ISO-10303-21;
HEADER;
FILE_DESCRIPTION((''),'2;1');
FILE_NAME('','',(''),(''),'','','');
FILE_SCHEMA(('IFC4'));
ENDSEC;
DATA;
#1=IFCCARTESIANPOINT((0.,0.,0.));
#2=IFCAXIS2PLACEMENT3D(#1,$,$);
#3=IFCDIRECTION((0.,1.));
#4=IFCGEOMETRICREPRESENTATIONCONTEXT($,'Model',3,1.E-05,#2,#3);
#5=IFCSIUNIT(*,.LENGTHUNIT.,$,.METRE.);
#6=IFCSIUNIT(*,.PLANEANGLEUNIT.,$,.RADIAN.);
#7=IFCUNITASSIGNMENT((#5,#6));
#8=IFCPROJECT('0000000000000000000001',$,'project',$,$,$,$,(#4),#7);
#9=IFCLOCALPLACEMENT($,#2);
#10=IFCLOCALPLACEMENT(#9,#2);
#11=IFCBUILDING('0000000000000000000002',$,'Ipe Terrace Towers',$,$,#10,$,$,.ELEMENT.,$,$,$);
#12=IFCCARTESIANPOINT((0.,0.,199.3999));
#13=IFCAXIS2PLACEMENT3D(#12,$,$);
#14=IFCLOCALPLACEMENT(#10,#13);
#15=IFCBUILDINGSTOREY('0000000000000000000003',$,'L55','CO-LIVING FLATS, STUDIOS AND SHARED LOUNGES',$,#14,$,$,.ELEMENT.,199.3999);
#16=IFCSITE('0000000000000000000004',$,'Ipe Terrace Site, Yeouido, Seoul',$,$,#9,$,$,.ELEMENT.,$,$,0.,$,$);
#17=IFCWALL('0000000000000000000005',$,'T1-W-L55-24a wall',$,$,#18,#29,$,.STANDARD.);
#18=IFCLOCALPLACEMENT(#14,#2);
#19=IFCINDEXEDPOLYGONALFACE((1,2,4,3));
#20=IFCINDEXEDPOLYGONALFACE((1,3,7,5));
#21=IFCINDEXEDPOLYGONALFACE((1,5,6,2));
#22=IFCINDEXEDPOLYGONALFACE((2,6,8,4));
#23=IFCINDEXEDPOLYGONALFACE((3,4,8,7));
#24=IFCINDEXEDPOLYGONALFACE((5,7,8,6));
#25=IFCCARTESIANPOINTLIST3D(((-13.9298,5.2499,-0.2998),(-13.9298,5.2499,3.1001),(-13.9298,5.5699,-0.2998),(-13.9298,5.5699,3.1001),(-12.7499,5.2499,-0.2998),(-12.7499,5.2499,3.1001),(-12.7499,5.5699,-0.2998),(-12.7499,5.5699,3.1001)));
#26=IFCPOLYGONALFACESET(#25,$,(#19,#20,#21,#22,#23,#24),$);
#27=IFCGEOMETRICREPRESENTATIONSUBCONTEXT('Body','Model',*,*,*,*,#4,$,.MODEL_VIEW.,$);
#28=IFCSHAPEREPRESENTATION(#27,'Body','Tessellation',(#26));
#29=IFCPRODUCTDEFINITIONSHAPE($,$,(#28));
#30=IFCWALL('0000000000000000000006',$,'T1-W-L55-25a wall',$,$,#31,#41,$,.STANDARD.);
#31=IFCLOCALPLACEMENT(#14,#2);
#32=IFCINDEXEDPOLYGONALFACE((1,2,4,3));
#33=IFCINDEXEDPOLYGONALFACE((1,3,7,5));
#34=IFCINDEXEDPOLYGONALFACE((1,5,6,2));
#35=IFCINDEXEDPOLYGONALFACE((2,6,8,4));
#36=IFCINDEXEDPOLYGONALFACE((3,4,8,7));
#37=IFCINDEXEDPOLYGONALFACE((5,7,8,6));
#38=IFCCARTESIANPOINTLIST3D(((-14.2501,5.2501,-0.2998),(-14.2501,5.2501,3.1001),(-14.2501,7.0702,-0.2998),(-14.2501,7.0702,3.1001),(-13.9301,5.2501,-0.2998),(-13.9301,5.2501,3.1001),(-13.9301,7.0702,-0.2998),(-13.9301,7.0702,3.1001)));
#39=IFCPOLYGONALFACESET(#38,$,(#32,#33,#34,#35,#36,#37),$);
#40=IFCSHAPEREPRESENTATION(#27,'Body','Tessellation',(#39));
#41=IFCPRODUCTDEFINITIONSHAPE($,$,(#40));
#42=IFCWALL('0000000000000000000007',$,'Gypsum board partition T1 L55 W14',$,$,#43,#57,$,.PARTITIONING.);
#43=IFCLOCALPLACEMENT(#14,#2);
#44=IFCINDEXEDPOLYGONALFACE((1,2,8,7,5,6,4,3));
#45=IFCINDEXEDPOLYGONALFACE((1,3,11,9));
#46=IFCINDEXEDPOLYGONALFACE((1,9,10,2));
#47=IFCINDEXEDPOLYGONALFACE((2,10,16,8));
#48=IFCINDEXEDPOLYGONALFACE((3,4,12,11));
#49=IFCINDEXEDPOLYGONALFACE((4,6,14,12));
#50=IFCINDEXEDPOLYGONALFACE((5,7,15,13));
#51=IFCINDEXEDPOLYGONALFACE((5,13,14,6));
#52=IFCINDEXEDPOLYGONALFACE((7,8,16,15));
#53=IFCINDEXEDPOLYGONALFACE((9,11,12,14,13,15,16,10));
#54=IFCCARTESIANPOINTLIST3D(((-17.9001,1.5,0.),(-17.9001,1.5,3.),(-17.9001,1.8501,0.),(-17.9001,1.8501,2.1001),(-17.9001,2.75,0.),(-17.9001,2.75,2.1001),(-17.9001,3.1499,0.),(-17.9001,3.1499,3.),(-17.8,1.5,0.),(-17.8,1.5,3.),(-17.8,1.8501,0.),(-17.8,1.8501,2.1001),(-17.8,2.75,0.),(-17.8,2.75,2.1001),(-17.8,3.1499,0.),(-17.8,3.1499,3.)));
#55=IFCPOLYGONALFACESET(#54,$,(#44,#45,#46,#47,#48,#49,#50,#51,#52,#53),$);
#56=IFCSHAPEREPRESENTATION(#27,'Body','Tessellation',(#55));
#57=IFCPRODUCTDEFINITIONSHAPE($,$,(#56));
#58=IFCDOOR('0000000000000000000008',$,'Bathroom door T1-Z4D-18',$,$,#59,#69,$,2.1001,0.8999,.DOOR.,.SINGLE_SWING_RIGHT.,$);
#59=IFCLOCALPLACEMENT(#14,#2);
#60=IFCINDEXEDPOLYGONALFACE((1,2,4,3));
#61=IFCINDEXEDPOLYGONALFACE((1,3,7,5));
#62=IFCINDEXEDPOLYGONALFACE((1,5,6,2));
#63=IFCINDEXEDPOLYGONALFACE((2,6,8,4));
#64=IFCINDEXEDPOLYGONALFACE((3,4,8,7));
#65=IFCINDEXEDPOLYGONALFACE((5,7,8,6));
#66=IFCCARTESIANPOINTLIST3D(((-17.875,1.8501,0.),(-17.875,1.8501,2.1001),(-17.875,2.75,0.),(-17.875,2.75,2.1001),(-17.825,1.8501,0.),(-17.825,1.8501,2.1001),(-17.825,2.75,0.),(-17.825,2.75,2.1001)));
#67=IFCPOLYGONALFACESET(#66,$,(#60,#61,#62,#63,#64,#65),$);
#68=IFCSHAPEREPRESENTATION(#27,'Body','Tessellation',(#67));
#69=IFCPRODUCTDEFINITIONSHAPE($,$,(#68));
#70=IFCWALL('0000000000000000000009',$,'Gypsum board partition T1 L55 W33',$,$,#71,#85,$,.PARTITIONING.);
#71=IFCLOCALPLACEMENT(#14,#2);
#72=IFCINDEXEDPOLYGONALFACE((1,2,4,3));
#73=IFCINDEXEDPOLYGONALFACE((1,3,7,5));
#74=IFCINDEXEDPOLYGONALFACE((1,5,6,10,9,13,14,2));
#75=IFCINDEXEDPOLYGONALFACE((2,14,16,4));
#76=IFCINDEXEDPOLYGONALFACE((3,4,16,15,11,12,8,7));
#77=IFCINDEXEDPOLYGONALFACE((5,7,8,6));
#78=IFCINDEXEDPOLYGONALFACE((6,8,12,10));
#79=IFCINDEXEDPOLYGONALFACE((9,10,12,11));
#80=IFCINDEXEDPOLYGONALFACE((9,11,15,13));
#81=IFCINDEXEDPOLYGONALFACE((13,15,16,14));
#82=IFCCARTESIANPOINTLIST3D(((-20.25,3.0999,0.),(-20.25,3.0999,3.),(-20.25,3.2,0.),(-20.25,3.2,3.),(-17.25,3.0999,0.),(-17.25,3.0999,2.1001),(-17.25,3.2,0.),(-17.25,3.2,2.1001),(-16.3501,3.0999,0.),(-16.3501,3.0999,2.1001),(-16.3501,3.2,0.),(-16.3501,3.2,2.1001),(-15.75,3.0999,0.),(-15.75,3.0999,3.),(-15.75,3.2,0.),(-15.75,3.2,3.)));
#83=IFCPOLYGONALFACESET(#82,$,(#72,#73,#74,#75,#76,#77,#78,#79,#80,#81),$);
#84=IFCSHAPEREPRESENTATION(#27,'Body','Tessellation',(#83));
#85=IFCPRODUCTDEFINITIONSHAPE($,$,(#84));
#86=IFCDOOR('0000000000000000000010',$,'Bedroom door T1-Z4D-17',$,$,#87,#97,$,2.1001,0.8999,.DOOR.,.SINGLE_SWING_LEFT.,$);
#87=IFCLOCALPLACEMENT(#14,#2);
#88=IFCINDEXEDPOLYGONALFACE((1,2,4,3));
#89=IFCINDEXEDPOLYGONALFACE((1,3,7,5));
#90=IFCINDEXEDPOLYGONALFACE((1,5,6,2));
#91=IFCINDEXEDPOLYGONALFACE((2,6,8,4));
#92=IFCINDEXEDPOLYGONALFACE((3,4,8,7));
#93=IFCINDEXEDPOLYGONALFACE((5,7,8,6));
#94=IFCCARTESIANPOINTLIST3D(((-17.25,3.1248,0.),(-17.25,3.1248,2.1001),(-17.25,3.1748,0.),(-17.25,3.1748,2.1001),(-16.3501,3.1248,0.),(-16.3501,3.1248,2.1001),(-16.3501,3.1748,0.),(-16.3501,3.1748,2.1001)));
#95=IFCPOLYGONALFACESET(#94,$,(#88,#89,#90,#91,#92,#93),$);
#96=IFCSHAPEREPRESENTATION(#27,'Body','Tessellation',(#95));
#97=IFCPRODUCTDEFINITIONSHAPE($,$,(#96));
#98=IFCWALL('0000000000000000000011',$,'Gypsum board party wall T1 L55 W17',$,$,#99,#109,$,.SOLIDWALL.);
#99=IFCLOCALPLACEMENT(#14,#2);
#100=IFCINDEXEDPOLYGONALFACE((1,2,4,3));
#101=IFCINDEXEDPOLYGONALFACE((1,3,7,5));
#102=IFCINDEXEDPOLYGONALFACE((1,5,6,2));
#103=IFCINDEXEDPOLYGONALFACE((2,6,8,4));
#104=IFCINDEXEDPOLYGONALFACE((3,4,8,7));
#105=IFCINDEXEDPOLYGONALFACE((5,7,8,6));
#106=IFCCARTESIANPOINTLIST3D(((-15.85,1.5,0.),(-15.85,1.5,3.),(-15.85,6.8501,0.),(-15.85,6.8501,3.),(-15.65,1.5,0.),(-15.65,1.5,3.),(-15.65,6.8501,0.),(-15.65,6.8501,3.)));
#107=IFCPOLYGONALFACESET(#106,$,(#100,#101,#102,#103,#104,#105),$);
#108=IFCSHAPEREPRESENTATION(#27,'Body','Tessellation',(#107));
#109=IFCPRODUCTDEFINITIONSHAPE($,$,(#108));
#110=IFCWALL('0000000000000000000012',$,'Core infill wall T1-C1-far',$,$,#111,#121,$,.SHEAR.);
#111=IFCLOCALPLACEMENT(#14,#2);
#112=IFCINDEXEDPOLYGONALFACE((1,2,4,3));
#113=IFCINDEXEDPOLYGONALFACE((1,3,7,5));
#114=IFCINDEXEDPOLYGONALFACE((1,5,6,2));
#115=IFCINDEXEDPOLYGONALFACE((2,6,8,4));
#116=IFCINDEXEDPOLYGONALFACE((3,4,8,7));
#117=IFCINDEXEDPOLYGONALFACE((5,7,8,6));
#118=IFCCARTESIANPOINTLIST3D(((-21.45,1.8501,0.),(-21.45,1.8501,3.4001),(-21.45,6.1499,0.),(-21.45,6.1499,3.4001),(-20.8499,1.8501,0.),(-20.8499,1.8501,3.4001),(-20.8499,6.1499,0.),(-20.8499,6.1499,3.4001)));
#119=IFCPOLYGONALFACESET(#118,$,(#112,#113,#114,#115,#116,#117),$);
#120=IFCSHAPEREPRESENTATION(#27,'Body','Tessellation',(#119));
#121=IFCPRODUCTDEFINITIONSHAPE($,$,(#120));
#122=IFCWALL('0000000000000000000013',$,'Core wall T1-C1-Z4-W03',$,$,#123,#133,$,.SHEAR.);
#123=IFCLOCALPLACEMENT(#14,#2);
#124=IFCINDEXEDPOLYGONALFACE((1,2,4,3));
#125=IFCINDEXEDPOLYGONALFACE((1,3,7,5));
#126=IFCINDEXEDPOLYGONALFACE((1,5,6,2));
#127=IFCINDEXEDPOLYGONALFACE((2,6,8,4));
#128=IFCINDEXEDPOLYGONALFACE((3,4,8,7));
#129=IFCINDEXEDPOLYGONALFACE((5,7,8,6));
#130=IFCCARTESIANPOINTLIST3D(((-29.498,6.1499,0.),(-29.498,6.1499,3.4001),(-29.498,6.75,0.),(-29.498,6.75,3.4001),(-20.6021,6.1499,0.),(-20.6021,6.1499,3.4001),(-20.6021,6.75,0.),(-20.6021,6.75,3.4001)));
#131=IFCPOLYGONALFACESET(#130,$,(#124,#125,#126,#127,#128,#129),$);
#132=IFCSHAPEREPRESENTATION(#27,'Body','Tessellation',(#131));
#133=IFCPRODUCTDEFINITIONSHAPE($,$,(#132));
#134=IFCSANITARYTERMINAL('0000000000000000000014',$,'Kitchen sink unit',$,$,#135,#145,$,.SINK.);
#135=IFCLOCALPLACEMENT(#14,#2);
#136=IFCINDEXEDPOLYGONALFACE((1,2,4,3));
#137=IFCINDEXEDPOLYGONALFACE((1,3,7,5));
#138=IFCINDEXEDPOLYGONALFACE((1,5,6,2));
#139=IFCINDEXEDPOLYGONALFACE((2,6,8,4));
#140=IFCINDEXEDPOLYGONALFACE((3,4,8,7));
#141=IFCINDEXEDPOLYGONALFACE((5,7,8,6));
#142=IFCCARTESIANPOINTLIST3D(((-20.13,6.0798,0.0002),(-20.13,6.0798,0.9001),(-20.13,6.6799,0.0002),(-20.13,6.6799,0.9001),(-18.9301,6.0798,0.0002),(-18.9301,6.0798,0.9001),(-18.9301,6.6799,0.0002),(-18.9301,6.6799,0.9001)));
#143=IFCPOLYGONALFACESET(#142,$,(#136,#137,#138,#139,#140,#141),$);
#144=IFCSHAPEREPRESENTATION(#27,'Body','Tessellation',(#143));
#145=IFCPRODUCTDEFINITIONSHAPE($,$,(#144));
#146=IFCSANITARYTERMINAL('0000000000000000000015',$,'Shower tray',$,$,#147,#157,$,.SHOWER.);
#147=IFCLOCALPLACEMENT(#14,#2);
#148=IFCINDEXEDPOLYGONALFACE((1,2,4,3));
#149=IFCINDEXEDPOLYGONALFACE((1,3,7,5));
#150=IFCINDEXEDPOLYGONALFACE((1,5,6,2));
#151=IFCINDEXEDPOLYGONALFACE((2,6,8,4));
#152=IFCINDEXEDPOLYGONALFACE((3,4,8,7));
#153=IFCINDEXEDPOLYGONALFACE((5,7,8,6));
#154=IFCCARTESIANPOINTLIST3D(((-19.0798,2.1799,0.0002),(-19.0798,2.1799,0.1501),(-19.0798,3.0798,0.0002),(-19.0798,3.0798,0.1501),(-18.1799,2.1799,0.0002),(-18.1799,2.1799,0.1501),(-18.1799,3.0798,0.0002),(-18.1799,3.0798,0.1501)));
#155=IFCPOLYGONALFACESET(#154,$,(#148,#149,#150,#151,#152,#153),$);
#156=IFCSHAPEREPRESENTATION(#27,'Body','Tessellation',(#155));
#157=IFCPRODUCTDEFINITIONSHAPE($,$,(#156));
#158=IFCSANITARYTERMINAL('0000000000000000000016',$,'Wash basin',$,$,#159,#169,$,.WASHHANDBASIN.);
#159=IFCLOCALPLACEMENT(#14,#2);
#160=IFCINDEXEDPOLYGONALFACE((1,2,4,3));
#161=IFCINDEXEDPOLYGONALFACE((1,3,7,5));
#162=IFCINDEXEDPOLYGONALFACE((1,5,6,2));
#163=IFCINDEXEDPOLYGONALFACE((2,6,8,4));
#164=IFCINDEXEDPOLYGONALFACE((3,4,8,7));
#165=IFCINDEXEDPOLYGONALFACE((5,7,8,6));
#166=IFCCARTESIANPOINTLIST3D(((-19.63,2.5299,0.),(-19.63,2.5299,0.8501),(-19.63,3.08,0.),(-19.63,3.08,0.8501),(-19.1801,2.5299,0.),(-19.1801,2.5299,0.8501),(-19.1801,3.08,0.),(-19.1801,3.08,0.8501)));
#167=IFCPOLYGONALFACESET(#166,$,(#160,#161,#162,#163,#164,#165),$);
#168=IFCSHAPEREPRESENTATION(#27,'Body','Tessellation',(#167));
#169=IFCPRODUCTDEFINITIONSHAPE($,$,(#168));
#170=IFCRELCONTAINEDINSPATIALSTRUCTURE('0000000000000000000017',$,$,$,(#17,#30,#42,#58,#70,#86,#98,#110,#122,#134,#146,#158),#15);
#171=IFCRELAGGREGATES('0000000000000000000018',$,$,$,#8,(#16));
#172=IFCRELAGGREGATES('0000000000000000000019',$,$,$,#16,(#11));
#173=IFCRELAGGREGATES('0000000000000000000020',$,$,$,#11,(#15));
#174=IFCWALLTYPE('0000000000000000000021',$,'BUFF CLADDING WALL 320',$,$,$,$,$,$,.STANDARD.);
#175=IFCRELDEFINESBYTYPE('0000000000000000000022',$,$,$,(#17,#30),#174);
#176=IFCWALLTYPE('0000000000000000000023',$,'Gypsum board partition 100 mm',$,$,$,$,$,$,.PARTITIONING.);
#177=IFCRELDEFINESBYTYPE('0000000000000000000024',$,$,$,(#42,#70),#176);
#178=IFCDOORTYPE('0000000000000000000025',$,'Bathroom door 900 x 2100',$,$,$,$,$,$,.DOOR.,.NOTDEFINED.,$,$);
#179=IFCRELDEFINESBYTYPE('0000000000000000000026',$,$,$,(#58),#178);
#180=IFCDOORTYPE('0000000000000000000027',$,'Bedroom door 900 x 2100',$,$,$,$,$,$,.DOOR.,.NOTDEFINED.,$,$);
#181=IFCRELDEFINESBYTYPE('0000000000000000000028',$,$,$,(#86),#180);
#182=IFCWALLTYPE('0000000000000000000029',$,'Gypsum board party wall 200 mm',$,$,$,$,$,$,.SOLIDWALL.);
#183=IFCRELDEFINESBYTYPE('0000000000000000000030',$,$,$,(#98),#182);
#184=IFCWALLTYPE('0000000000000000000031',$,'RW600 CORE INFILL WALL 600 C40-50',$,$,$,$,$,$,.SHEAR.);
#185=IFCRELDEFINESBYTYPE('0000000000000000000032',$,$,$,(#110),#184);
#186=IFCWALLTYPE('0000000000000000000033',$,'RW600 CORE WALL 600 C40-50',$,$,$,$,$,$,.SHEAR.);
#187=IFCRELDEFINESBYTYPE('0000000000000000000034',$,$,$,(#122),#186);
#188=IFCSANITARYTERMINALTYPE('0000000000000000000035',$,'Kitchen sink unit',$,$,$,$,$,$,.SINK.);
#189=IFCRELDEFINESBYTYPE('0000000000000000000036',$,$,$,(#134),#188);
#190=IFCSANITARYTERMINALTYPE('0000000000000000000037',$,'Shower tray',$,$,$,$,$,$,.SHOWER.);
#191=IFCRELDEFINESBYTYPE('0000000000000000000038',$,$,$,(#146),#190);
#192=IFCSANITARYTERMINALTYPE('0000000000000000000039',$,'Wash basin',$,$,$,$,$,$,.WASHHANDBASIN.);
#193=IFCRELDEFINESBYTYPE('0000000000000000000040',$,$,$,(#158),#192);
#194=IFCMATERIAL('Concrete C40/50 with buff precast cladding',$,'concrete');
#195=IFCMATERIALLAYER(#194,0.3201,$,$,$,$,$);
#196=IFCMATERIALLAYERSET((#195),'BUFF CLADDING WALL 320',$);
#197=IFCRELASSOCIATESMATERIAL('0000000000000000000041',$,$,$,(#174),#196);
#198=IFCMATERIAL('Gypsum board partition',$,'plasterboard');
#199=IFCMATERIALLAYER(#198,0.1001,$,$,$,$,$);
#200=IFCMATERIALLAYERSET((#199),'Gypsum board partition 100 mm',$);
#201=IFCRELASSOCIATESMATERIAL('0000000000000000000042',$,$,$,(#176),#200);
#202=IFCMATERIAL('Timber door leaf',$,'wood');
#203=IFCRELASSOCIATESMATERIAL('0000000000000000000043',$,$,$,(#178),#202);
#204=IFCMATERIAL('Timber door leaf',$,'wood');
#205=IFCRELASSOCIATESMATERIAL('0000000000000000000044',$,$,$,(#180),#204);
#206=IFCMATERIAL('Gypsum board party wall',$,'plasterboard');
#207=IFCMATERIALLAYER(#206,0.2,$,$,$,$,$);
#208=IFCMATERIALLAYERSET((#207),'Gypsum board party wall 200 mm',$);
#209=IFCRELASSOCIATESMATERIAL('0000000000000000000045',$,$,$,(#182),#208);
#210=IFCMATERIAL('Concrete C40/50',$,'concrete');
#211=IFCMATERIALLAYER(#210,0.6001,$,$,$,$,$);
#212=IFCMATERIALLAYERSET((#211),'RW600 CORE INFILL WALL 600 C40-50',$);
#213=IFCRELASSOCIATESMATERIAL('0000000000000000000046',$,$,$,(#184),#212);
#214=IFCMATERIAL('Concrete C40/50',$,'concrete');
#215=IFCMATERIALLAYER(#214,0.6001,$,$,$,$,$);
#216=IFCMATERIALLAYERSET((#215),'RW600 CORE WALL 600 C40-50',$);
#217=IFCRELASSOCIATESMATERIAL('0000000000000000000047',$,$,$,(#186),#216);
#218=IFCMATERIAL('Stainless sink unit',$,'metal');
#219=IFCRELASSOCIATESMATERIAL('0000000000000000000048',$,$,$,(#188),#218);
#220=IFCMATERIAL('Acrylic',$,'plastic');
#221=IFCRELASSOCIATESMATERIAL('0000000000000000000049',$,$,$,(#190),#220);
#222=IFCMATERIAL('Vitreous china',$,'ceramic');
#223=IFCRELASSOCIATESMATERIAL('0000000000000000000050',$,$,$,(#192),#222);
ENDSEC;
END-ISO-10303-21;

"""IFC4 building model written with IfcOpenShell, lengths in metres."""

from ifc_helpers import new_model, si_unit, direction, frame, frame_2d, origin, origin_2d, place, context, subcontext, project, spatial, rectangle, extrude, material, layer, layer_set, type_object, element, fill, save


model = new_model("IFC4")

# Units and contexts
model_context = context("Model", 3, precision=1e-05, world=origin(), true_north=direction((0.0, 1.0)))
body_context = subcontext(model_context, "Body", "Model", "MODEL_VIEW")
ifc_project = project(units=[si_unit("LENGTHUNIT", "METRE"), si_unit("PLANEANGLEUNIT", "RADIAN")], contexts=[model_context])

# Site, building, storey
site_placement = place(None, origin())
site = spatial("IfcSite", under=ifc_project, at=site_placement, Name="Ipe Terrace Site, Yeouido, Seoul", CompositionType="ELEMENT", RefElevation=0.0)
building_placement = place(site_placement, origin())
building = spatial("IfcBuilding", under=site, at=building_placement, Name="Ipe Terrace Towers", CompositionType="ELEMENT")
storey_placement = place(building_placement, frame((0.0, 0.0, 199.3999)))
storey = spatial("IfcBuildingStorey", under=building, at=storey_placement, Name="L55", Description="CO-LIVING FLATS, STUDIOS AND SHARED LOUNGES", CompositionType="ELEMENT", Elevation=199.3999)

# Walls
ifc_material_1 = material(Name="Concrete C40/50 with buff precast cladding", Category="concrete")
ifc_layer_1 = layer(ifc_material_1, 0.3201)
ifc_layer_set_1 = layer_set([ifc_layer_1], Name="BUFF CLADDING WALL 320")
wall_type_1 = type_object("IfcWallType", Name="BUFF CLADDING WALL 320", PredefinedType="STANDARD", material=ifc_layer_set_1)
wall_1_placement = place(storey_placement, frame((-12.75, 5.4099, -0.2998), z_axis=(0.0, 0.0, 1.0), x_axis=(-1.0, 0.0, 0.0)))
element("IfcWall", 1, at=wall_1_placement, inside=storey, type_object=wall_type_1, Name="T1-W-L55-24a wall", PredefinedType="STANDARD", context=body_context, shape_type="SweptSolid", body=[
    extrude(rectangle(XDim=1.1799, YDim=0.3201, at=frame_2d((0.5898, 0.0))), origin(), (0.0, 0.0, 1.0), 3.3999),
])
wall_2_placement = place(storey_placement, frame((-14.0901, 5.25, -0.2998), z_axis=(0.0, 0.0, 1.0), x_axis=(0.0, 1.0, 0.0)))
element("IfcWall", 2, at=wall_2_placement, inside=storey, type_object=wall_type_1, Name="T1-W-L55-25a wall", PredefinedType="STANDARD", context=body_context, shape_type="SweptSolid", body=[
    extrude(rectangle(XDim=1.8201, YDim=0.3201, at=frame_2d((0.9102, 0.0))), origin(), (0.0, 0.0, 1.0), 3.3999),
])

# Walls, openings, doors
ifc_material_2 = material(Name="Gypsum board partition", Category="plasterboard")
ifc_layer_2 = layer(ifc_material_2, 0.1001)
ifc_layer_set_2 = layer_set([ifc_layer_2], Name="Gypsum board partition 100 mm")
wall_type_2 = type_object("IfcWallType", Name="Gypsum board partition 100 mm", PredefinedType="PARTITIONING", material=ifc_layer_set_2)
wall_3_placement = place(storey_placement, frame((-17.8501, 1.5, 0.0), z_axis=(0.0, 0.0, 1.0), x_axis=(0.0, 1.0, 0.0)))
wall_3 = element("IfcWall", 3, at=wall_3_placement, inside=storey, type_object=wall_type_2, Name="Gypsum board partition T1 L55 W14", PredefinedType="PARTITIONING", context=body_context, shape_type="SweptSolid", body=[
    extrude(rectangle(XDim=1.6499, YDim=0.1001, at=frame_2d((0.825, 0.0))), origin(), (0.0, 0.0, 1.0), 3.0),
])
opening_1_placement = place(wall_3_placement, frame((0.3501, 0.0, 0.0)))
opening_1 = element("IfcOpeningElement", 4, at=opening_1_placement, cuts=wall_3, PredefinedType="OPENING", context=body_context, shape_type="SweptSolid", body=[
    extrude(rectangle(XDim=0.8999, YDim=2.1001, at=frame_2d((0.45, 1.05))), frame((0.0, 0.0601, 0.0), z_axis=(0.0, -1.0, 0.0), x_axis=(1.0, 0.0, 0.0)), (0.0, 0.0, 1.0), 0.1201),
])
ifc_material_3 = material(Name="Timber door leaf", Category="wood")
door_type_1 = type_object("IfcDoorType", Name="Bathroom door 900 x 2100", OperationType="NOTDEFINED", PredefinedType="DOOR", material=ifc_material_3)
door_1_placement = place(opening_1_placement, origin())
door_1 = element("IfcDoor", 5, at=door_1_placement, inside=storey, type_object=door_type_1, Name="Bathroom door T1-Z4D-18", OperationType="SINGLE_SWING_RIGHT", OverallHeight=2.1001, OverallWidth=0.8999, PredefinedType="DOOR", context=body_context, shape_type="SweptSolid", body=[
    extrude(rectangle(XDim=0.8999, YDim=2.1001, at=frame_2d((0.45, 1.05))), frame((0.0, 0.0249, 0.0), z_axis=(0.0, -1.0, 0.0), x_axis=(1.0, 0.0, 0.0)), (0.0, 0.0, 1.0), 0.05),
])
fill(opening_1, door_1)
wall_4_placement = place(storey_placement, frame((-20.25, 3.1499, 0.0), z_axis=(0.0, 0.0, 1.0), x_axis=(1.0, 0.0, 0.0)))
wall_4 = element("IfcWall", 6, at=wall_4_placement, inside=storey, type_object=wall_type_2, Name="Gypsum board partition T1 L55 W33", PredefinedType="PARTITIONING", context=body_context, shape_type="SweptSolid", body=[
    extrude(rectangle(XDim=4.5, YDim=0.1001, at=frame_2d((2.25, 0.0))), origin(), (0.0, 0.0, 1.0), 3.0),
])
opening_2_placement = place(wall_4_placement, frame((3.0, 0.0, 0.0)))
opening_2 = element("IfcOpeningElement", 7, at=opening_2_placement, cuts=wall_4, PredefinedType="OPENING", context=body_context, shape_type="SweptSolid", body=[
    extrude(rectangle(XDim=0.8999, YDim=2.1001, at=frame_2d((0.45, 1.05))), frame((0.0, 0.0601, 0.0), z_axis=(0.0, -1.0, 0.0), x_axis=(1.0, 0.0, 0.0)), (0.0, 0.0, 1.0), 0.1201),
])
ifc_material_4 = material(Name="Timber door leaf", Category="wood")
door_type_2 = type_object("IfcDoorType", Name="Bedroom door 900 x 2100", OperationType="NOTDEFINED", PredefinedType="DOOR", material=ifc_material_4)
door_2_placement = place(opening_2_placement, origin())
door_2 = element("IfcDoor", 8, at=door_2_placement, inside=storey, type_object=door_type_2, Name="Bedroom door T1-Z4D-17", OperationType="SINGLE_SWING_LEFT", OverallHeight=2.1001, OverallWidth=0.8999, PredefinedType="DOOR", context=body_context, shape_type="SweptSolid", body=[
    extrude(rectangle(XDim=0.8999, YDim=2.1001, at=frame_2d((0.45, 1.05))), frame((0.0, 0.0249, 0.0), z_axis=(0.0, -1.0, 0.0), x_axis=(1.0, 0.0, 0.0)), (0.0, 0.0, 1.0), 0.05),
])
fill(opening_2, door_2)

# Walls
ifc_material_5 = material(Name="Gypsum board party wall", Category="plasterboard")
ifc_layer_3 = layer(ifc_material_5, 0.2)
ifc_layer_set_3 = layer_set([ifc_layer_3], Name="Gypsum board party wall 200 mm")
wall_type_3 = type_object("IfcWallType", Name="Gypsum board party wall 200 mm", PredefinedType="SOLIDWALL", material=ifc_layer_set_3)
wall_5_placement = place(storey_placement, frame((-15.75, 1.5, 0.0), z_axis=(0.0, 0.0, 1.0), x_axis=(0.0, 1.0, 0.0)))
element("IfcWall", 9, at=wall_5_placement, inside=storey, type_object=wall_type_3, Name="Gypsum board party wall T1 L55 W17", PredefinedType="SOLIDWALL", context=body_context, shape_type="SweptSolid", body=[
    extrude(rectangle(XDim=5.3501, YDim=0.2, at=frame_2d((2.675, 0.0))), origin(), (0.0, 0.0, 1.0), 3.0),
])
ifc_material_6 = material(Name="Concrete C40/50", Category="concrete")
ifc_layer_4 = layer(ifc_material_6, 0.6001)
ifc_layer_set_4 = layer_set([ifc_layer_4], Name="RW600 CORE INFILL WALL 600 C40-50")
wall_type_4 = type_object("IfcWallType", Name="RW600 CORE INFILL WALL 600 C40-50", PredefinedType="SHEAR", material=ifc_layer_set_4)
wall_6_placement = place(storey_placement, frame((-21.1499, 1.8501, 0.0), z_axis=(0.0, 0.0, 1.0), x_axis=(0.0, 1.0, 0.0)))
element("IfcWall", 10, at=wall_6_placement, inside=storey, type_object=wall_type_4, Name="Core infill wall T1-C1-far", PredefinedType="SHEAR", context=body_context, shape_type="SweptSolid", body=[
    extrude(rectangle(XDim=4.2998, YDim=0.6001, at=frame_2d((2.1499, 0.0))), origin(), (0.0, 0.0, 1.0), 3.4001),
])
ifc_material_7 = material(Name="Concrete C40/50", Category="concrete")
ifc_layer_5 = layer(ifc_material_7, 0.6001)
ifc_layer_set_5 = layer_set([ifc_layer_5], Name="RW600 CORE WALL 600 C40-50")
wall_type_5 = type_object("IfcWallType", Name="RW600 CORE WALL 600 C40-50", PredefinedType="SHEAR", material=ifc_layer_set_5)
wall_7_placement = place(storey_placement, frame((-20.6021, 6.45, 0.0), z_axis=(0.0, 0.0, 1.0), x_axis=(-1.0, 0.0, 0.0)))
element("IfcWall", 11, at=wall_7_placement, inside=storey, type_object=wall_type_5, Name="Core wall T1-C1-Z4-W03", PredefinedType="SHEAR", context=body_context, shape_type="SweptSolid", body=[
    extrude(rectangle(XDim=8.896, YDim=0.6001, at=frame_2d((4.448, 0.0))), origin(), (0.0, 0.0, 1.0), 3.4001),
])

# Sanitary terminals
ifc_material_8 = material(Name="Stainless sink unit", Category="metal")
sanitary_terminal_type_1 = type_object("IfcSanitaryTerminalType", Name="Kitchen sink unit", PredefinedType="SINK", material=ifc_material_8)
sanitary_terminal_1_placement = place(storey_placement, frame((-19.53, 6.3799, 0.0002), z_axis=(0.0, 0.0, 1.0), x_axis=(1.0, 0.0, 0.0)))
element("IfcSanitaryTerminal", 12, at=sanitary_terminal_1_placement, inside=storey, type_object=sanitary_terminal_type_1, Name="Kitchen sink unit", PredefinedType="SINK", context=body_context, shape_type="SweptSolid", body=[
    extrude(rectangle(XDim=1.2, YDim=0.6001, at=origin_2d()), origin(), (0.0, 0.0, 1.0), 0.8999),
])
ifc_material_9 = material(Name="Acrylic", Category="plastic")
sanitary_terminal_type_2 = type_object("IfcSanitaryTerminalType", Name="Shower tray", PredefinedType="SHOWER", material=ifc_material_9)
sanitary_terminal_2_placement = place(storey_placement, frame((-18.6299, 2.6299, 0.0002), z_axis=(0.0, 0.0, 1.0), x_axis=(0.0, -1.0, 0.0)))
element("IfcSanitaryTerminal", 13, at=sanitary_terminal_2_placement, inside=storey, type_object=sanitary_terminal_type_2, Name="Shower tray", PredefinedType="SHOWER", context=body_context, shape_type="SweptSolid", body=[
    extrude(rectangle(XDim=0.8999, YDim=0.8999, at=origin_2d()), origin(), (0.0, 0.0, 1.0), 0.1499),
])
ifc_material_10 = material(Name="Vitreous china", Category="ceramic")
sanitary_terminal_type_3 = type_object("IfcSanitaryTerminalType", Name="Wash basin", PredefinedType="WASHHANDBASIN", material=ifc_material_10)
sanitary_terminal_3_placement = place(storey_placement, frame((-19.405, 2.8049, 0.0), z_axis=(0.0, 0.0, 1.0), x_axis=(0.0, -1.0, 0.0)))
element("IfcSanitaryTerminal", 14, at=sanitary_terminal_3_placement, inside=storey, type_object=sanitary_terminal_type_3, Name="Wash basin", PredefinedType="WASHHANDBASIN", context=body_context, shape_type="SweptSolid", body=[
    extrude(rectangle(XDim=0.55, YDim=0.45, at=origin_2d()), origin(), (0.0, 0.0, 1.0), 0.8501),
])

save(model, "model.ifc")
